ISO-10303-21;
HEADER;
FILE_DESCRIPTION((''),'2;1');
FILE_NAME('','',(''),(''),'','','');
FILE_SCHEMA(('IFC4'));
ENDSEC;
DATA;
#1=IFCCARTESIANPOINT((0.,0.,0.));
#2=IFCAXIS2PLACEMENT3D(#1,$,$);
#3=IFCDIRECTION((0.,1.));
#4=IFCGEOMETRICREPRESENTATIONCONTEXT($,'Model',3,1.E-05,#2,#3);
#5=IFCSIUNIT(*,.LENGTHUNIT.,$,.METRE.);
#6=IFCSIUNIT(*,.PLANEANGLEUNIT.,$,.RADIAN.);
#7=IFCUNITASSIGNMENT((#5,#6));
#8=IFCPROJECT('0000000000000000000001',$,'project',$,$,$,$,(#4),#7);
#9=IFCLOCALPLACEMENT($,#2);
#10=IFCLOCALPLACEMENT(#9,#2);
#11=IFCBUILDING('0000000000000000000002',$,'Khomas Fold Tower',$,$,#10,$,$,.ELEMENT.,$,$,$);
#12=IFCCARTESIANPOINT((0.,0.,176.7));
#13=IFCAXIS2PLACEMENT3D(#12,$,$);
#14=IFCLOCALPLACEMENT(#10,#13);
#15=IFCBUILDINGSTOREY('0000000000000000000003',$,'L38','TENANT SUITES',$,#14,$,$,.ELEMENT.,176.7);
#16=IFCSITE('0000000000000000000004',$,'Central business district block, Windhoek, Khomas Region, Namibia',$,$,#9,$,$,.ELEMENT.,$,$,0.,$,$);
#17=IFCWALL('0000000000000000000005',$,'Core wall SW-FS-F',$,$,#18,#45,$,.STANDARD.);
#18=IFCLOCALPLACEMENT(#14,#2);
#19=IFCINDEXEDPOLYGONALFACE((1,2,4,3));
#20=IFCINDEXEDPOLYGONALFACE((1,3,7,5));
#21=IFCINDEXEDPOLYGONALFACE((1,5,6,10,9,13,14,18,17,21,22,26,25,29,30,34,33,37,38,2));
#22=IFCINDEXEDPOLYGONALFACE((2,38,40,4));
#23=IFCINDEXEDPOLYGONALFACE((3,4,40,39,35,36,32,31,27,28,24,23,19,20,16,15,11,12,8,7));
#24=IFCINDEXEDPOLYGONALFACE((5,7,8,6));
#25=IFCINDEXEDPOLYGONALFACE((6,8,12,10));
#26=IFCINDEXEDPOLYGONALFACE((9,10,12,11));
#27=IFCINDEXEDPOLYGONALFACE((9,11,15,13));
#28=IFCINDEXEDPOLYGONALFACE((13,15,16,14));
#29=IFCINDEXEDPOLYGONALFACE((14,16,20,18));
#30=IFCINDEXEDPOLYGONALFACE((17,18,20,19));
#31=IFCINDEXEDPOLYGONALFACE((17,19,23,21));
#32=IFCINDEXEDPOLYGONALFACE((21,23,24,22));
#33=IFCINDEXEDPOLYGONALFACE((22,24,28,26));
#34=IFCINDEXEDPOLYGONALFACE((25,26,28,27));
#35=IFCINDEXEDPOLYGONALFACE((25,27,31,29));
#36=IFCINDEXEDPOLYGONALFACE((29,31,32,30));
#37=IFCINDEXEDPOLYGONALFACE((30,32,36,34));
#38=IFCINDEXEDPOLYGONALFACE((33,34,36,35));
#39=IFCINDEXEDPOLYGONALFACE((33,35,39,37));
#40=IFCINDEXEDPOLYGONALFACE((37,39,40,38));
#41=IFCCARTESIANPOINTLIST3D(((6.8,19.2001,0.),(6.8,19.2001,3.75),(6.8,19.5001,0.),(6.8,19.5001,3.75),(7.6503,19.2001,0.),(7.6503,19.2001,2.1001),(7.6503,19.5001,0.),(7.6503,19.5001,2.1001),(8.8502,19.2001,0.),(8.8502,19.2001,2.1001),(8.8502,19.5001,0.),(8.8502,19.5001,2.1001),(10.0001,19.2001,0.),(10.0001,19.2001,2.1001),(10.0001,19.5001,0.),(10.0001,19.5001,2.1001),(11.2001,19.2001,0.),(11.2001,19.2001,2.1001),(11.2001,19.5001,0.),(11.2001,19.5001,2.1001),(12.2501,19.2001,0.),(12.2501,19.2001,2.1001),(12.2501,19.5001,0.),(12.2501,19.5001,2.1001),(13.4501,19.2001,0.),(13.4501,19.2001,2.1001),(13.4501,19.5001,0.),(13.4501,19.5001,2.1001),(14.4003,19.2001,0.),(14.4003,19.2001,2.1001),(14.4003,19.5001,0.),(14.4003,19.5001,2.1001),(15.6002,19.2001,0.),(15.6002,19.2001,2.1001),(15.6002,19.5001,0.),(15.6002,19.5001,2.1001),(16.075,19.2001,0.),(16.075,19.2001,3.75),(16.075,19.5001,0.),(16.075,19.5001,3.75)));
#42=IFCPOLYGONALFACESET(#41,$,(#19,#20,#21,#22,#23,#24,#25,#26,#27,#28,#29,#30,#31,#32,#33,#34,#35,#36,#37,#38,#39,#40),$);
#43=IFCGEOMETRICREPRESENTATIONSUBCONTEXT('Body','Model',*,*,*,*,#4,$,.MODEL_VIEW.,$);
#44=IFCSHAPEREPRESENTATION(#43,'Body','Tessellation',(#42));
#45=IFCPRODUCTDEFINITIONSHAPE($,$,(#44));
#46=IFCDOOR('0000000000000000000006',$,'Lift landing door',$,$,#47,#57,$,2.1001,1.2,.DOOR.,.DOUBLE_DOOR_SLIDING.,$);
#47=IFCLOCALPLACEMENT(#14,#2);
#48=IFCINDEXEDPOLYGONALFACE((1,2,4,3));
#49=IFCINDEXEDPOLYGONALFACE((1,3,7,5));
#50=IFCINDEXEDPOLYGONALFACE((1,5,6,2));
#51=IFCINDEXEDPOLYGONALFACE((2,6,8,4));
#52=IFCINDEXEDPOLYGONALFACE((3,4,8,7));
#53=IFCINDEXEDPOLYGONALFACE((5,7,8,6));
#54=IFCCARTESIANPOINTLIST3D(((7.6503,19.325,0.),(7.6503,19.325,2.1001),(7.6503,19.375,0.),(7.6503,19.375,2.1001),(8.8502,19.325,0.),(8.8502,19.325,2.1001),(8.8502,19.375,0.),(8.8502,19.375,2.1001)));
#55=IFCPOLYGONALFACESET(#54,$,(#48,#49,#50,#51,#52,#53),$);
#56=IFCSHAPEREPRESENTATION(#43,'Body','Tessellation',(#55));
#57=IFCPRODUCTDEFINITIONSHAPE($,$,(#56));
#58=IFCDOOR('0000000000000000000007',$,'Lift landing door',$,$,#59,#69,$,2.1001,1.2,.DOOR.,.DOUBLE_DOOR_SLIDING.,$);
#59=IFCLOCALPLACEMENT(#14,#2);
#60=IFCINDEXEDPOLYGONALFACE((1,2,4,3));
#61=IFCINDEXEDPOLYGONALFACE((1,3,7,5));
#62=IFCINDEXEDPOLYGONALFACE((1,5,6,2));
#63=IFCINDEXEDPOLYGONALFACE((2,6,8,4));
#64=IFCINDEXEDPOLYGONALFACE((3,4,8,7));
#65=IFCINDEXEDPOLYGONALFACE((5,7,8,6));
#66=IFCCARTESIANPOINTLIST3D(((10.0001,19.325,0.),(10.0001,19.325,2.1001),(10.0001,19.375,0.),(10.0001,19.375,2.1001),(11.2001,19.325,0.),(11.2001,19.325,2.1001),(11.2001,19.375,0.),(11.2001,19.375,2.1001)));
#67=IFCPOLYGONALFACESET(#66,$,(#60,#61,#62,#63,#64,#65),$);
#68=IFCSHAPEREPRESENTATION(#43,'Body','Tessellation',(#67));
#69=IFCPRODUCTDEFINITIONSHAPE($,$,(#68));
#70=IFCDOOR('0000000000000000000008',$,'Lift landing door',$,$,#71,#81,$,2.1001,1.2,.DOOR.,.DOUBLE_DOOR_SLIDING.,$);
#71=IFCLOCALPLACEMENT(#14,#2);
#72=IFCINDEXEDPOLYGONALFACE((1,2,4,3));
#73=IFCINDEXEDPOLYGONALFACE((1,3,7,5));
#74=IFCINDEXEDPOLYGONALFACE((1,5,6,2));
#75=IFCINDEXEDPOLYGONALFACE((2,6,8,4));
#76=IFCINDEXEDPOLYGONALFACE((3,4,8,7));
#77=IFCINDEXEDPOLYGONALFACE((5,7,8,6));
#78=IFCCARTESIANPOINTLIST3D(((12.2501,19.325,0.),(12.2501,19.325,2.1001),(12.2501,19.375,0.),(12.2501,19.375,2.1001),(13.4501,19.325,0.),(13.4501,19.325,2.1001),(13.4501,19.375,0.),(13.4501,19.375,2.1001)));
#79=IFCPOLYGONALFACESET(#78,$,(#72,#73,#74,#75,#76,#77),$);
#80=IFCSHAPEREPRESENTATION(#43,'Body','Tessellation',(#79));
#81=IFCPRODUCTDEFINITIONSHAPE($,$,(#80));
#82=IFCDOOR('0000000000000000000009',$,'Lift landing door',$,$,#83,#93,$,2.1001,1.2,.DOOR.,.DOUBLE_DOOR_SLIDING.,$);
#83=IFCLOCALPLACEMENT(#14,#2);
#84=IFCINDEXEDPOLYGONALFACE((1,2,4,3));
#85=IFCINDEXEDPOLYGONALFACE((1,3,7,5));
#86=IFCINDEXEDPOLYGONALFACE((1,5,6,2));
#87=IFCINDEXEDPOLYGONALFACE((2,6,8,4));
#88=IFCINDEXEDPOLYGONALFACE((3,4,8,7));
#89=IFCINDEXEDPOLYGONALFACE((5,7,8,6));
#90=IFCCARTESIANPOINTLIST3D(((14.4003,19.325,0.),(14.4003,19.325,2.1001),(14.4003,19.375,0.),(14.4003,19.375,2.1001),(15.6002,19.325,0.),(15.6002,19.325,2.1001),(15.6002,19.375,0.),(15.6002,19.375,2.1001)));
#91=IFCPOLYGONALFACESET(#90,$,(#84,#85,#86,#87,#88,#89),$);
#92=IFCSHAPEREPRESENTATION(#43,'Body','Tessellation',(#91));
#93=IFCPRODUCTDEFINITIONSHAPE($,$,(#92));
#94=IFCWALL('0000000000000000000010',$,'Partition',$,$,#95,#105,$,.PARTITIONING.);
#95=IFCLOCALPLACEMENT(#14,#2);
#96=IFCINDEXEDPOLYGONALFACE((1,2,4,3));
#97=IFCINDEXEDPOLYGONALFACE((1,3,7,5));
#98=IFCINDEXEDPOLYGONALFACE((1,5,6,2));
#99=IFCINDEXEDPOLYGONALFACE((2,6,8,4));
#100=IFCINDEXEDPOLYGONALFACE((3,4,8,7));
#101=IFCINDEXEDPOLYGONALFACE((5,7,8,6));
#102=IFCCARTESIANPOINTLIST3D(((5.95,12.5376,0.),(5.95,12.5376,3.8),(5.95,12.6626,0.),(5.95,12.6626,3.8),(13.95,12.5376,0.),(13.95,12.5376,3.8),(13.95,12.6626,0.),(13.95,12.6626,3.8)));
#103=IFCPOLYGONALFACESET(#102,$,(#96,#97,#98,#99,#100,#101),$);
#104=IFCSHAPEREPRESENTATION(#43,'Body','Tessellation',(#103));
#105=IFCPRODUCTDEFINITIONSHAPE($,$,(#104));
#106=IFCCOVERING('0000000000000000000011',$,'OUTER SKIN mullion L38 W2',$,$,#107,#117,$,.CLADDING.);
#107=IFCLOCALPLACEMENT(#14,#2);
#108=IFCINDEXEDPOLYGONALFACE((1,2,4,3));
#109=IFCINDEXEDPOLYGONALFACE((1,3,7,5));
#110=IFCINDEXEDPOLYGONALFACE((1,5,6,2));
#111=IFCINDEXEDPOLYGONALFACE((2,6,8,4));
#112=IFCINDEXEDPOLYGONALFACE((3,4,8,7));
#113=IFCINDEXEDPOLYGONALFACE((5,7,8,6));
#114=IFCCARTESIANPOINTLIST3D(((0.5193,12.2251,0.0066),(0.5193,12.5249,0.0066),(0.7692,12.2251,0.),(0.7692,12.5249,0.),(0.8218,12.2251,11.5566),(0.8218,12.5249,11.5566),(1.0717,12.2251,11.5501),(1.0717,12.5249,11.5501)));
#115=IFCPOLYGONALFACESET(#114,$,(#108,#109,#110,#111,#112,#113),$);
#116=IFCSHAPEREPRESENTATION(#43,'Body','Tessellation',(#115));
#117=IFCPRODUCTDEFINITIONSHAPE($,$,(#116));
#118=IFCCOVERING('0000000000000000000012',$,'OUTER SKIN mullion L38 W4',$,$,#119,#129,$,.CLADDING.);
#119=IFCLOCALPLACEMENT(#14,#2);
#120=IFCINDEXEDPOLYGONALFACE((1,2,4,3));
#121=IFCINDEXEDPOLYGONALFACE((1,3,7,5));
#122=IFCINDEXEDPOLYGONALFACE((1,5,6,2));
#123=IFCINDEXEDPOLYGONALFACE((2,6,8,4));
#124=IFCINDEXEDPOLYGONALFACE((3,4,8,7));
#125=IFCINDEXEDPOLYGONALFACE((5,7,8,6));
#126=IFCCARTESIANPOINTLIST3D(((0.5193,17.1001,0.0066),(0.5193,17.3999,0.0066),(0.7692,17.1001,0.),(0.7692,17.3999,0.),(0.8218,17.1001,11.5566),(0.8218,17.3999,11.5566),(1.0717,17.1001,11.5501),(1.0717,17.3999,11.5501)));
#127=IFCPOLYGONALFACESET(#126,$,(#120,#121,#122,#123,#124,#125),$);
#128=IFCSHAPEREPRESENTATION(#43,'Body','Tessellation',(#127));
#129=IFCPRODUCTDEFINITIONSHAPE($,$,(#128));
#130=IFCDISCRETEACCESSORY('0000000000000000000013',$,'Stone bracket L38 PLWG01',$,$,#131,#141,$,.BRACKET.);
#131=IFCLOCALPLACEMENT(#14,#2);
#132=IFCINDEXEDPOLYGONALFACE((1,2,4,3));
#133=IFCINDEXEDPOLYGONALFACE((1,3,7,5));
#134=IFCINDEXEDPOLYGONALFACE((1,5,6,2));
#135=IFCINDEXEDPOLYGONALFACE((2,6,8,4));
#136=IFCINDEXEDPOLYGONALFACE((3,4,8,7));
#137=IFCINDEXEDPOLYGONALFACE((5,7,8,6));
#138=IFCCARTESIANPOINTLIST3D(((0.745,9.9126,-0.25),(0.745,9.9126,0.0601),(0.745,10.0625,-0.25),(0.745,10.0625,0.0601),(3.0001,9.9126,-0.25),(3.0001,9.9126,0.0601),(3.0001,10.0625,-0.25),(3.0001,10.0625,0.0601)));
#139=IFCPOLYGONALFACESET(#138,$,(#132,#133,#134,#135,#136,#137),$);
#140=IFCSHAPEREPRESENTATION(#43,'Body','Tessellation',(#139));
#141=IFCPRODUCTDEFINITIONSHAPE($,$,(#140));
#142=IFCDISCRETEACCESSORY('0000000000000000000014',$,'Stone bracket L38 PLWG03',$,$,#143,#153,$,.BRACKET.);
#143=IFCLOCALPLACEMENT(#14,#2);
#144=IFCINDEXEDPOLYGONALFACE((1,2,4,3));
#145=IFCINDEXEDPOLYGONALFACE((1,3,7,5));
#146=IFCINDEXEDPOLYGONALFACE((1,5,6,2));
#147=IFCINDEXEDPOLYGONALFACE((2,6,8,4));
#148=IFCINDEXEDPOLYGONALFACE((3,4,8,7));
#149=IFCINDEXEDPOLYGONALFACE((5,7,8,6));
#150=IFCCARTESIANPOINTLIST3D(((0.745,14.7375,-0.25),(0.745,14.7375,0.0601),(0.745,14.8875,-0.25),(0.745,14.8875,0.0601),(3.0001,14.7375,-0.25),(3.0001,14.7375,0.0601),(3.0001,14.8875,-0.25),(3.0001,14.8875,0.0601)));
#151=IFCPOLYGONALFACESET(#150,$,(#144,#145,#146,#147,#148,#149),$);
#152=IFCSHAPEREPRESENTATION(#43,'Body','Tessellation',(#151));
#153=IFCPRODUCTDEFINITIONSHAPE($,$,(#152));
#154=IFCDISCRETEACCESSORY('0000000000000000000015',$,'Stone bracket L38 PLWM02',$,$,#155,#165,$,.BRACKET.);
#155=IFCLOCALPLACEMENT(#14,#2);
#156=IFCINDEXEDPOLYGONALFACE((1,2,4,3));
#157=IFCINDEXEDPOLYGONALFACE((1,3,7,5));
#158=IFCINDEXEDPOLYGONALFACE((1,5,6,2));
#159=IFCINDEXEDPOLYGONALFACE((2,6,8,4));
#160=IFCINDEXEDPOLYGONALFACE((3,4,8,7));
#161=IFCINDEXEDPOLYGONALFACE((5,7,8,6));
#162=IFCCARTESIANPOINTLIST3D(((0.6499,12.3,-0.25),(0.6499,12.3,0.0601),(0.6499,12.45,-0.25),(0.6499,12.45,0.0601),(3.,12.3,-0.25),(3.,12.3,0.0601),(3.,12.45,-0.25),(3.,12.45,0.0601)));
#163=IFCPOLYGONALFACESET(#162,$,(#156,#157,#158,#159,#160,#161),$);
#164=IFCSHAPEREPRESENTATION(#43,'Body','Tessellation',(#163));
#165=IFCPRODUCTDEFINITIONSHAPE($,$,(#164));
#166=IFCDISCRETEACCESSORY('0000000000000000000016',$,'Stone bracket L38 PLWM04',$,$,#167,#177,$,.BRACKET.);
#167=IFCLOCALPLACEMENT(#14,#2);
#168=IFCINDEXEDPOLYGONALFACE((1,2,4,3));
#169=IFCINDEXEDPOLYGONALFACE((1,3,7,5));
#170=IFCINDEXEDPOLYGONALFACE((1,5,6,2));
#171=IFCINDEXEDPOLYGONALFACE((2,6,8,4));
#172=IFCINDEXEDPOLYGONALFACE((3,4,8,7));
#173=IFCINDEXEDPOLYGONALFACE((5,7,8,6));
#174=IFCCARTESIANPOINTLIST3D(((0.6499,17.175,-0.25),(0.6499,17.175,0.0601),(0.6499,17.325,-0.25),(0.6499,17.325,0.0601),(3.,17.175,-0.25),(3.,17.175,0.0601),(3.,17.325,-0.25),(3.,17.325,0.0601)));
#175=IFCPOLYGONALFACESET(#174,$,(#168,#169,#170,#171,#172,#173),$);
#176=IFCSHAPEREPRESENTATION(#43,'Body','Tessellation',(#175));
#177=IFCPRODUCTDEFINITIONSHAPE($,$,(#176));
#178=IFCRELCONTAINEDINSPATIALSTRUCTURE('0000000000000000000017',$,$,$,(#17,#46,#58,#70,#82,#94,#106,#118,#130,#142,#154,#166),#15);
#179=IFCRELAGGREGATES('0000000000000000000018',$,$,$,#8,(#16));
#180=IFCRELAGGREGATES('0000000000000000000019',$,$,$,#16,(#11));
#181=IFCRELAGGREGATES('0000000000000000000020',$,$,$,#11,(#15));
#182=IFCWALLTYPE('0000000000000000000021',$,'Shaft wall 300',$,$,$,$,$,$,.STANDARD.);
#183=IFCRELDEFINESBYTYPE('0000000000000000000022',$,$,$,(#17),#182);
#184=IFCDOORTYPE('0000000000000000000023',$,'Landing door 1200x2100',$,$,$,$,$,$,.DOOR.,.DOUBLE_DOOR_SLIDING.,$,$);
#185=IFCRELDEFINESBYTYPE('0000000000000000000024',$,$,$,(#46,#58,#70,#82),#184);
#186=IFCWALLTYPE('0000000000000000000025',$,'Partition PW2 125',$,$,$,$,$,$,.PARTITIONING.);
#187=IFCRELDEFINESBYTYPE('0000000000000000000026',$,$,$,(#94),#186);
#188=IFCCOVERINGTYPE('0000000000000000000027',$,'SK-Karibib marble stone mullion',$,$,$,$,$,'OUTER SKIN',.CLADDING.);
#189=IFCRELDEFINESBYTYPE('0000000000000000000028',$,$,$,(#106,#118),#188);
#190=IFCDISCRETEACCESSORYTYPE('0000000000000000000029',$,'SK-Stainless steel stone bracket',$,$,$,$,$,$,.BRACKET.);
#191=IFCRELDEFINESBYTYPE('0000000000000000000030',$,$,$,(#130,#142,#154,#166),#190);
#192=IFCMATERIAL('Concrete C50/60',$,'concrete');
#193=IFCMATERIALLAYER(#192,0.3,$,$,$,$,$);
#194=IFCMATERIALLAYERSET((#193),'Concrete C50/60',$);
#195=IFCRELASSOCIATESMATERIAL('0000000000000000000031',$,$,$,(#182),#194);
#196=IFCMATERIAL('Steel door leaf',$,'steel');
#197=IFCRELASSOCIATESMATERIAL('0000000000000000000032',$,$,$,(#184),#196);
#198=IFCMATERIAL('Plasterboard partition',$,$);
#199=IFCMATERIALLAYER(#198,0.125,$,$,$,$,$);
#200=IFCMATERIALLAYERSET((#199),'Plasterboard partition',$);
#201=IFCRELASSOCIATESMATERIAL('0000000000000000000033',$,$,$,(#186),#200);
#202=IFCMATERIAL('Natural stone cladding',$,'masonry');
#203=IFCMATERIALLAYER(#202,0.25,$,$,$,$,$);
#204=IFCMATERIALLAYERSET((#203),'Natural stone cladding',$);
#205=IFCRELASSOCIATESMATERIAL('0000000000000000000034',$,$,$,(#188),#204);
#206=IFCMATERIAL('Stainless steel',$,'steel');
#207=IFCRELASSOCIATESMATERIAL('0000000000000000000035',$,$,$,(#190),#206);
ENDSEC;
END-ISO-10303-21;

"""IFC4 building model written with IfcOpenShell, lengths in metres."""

from ifc_helpers import new_model, si_unit, direction, frame, frame_2d, origin, origin_2d, place, context, subcontext, project, spatial, polyline, rectangle, outline, extrude, source, transform, mapped, material, layer, layer_set, type_object, element, fill, save


model = new_model("IFC4")

# Units and contexts
model_context = context("Model", 3, precision=1e-05, world=origin(), true_north=direction((0.0, 1.0)))
body_context = subcontext(model_context, "Body", "Model", "MODEL_VIEW")
ifc_project = project(units=[si_unit("LENGTHUNIT", "METRE"), si_unit("PLANEANGLEUNIT", "RADIAN")], contexts=[model_context])

# Site, building, storey
site_placement = place(None, origin())
site = spatial("IfcSite", under=ifc_project, at=site_placement, Name="Central business district block, Windhoek, Khomas Region, Namibia", CompositionType="ELEMENT", RefElevation=0.0)
building_placement = place(site_placement, origin())
building = spatial("IfcBuilding", under=site, at=building_placement, Name="Khomas Fold Tower", CompositionType="ELEMENT")
storey_placement = place(building_placement, frame((0.0, 0.0, 176.7)))
storey = spatial("IfcBuildingStorey", under=building, at=storey_placement, Name="L38", Description="TENANT SUITES", CompositionType="ELEMENT", Elevation=176.7)

# Wall, openings, doors
ifc_material_1 = material(Name="Concrete C50/60", Category="concrete")
ifc_layer_1 = layer(ifc_material_1, 0.3)
ifc_layer_set_1 = layer_set([ifc_layer_1], Name="Concrete C50/60")
wall_type_1 = type_object("IfcWallType", Name="Shaft wall 300", PredefinedType="STANDARD", material=ifc_layer_set_1)
shared_shape_1 = source(origin(), body_context, "Body", "SweptSolid", [
    extrude(rectangle(XDim=9.2749, YDim=0.3, at=frame_2d((4.6375, 0.0))), origin(), (0.0, 0.0, 1.0), 3.75),
])
wall_1_placement = place(storey_placement, frame((6.8, 19.3501, 0.0), z_axis=(0.0, 0.0, 1.0), x_axis=(1.0, 0.0, 0.0)))
wall_1 = element("IfcWall", 1, at=wall_1_placement, inside=storey, type_object=wall_type_1, Name="Core wall SW-FS-F", PredefinedType="STANDARD", context=body_context, shape_type="MappedRepresentation", body=[
    mapped(shared_shape_1, transform((0.0, 0.0, 0.0))),
])
shared_shape_2 = source(origin(), body_context, "Body", "SweptSolid", [
    extrude(rectangle(XDim=1.2, YDim=2.1001, at=frame_2d((0.6001, 1.05))), frame((0.0, 0.1599, 0.0), z_axis=(0.0, -1.0, 0.0), x_axis=(1.0, 0.0, 0.0)), (0.0, 0.0, 1.0), 0.3201),
])
opening_1_placement = place(wall_1_placement, frame((0.8501, 0.0, 0.0)))
opening_1 = element("IfcOpeningElement", 2, at=opening_1_placement, cuts=wall_1, PredefinedType="OPENING", context=body_context, shape_type="MappedRepresentation", body=[
    mapped(shared_shape_2, transform((0.0, 0.0, 0.0))),
])
opening_2_placement = place(wall_1_placement, frame((3.2, 0.0, 0.0)))
opening_2 = element("IfcOpeningElement", 3, at=opening_2_placement, cuts=wall_1, PredefinedType="OPENING", context=body_context, shape_type="MappedRepresentation", body=[
    mapped(shared_shape_2, transform((0.0, 0.0, 0.0))),
])
opening_3_placement = place(wall_1_placement, frame((5.45, 0.0, 0.0)))
opening_3 = element("IfcOpeningElement", 4, at=opening_3_placement, cuts=wall_1, PredefinedType="OPENING", context=body_context, shape_type="MappedRepresentation", body=[
    mapped(shared_shape_2, transform((0.0, 0.0, 0.0))),
])
opening_4_placement = place(wall_1_placement, frame((7.6001, 0.0, 0.0)))
opening_4 = element("IfcOpeningElement", 5, at=opening_4_placement, cuts=wall_1, PredefinedType="OPENING", context=body_context, shape_type="MappedRepresentation", body=[
    mapped(shared_shape_2, transform((0.0, 0.0, 0.0))),
])
ifc_material_2 = material(Name="Steel door leaf", Category="steel")
door_type_1 = type_object("IfcDoorType", Name="Landing door 1200x2100", OperationType="DOUBLE_DOOR_SLIDING", PredefinedType="DOOR", material=ifc_material_2)
shared_shape_3 = source(origin(), body_context, "Body", "SweptSolid", [
    extrude(rectangle(XDim=1.2, YDim=2.1001, at=frame_2d((0.6001, 1.05))), frame((0.0, 0.0249, 0.0), z_axis=(0.0, -1.0, 0.0), x_axis=(1.0, 0.0, 0.0)), (0.0, 0.0, 1.0), 0.05),
])
door_1_placement = place(opening_1_placement, origin())
door_1 = element("IfcDoor", 6, at=door_1_placement, inside=storey, type_object=door_type_1, Name="Lift landing door", OperationType="DOUBLE_DOOR_SLIDING", OverallHeight=2.1001, OverallWidth=1.2, PredefinedType="DOOR", context=body_context, shape_type="MappedRepresentation", body=[
    mapped(shared_shape_3, transform((0.0, 0.0, 0.0))),
])
fill(opening_1, door_1)
door_2_placement = place(opening_2_placement, origin())
door_2 = element("IfcDoor", 7, at=door_2_placement, inside=storey, type_object=door_type_1, Name="Lift landing door", OperationType="DOUBLE_DOOR_SLIDING", OverallHeight=2.1001, OverallWidth=1.2, PredefinedType="DOOR", context=body_context, shape_type="MappedRepresentation", body=[
    mapped(shared_shape_3, transform((0.0, 0.0, 0.0))),
])
fill(opening_2, door_2)
door_3_placement = place(opening_3_placement, origin())
door_3 = element("IfcDoor", 8, at=door_3_placement, inside=storey, type_object=door_type_1, Name="Lift landing door", OperationType="DOUBLE_DOOR_SLIDING", OverallHeight=2.1001, OverallWidth=1.2, PredefinedType="DOOR", context=body_context, shape_type="MappedRepresentation", body=[
    mapped(shared_shape_3, transform((0.0, 0.0, 0.0))),
])
fill(opening_3, door_3)
door_4_placement = place(opening_4_placement, origin())
door_4 = element("IfcDoor", 9, at=door_4_placement, inside=storey, type_object=door_type_1, Name="Lift landing door", OperationType="DOUBLE_DOOR_SLIDING", OverallHeight=2.1001, OverallWidth=1.2, PredefinedType="DOOR", context=body_context, shape_type="MappedRepresentation", body=[
    mapped(shared_shape_3, transform((0.0, 0.0, 0.0))),
])
fill(opening_4, door_4)

# Wall
ifc_material_3 = material(Name="Plasterboard partition")
ifc_layer_2 = layer(ifc_material_3, 0.125)
ifc_layer_set_2 = layer_set([ifc_layer_2], Name="Plasterboard partition")
wall_type_2 = type_object("IfcWallType", Name="Partition PW2 125", PredefinedType="PARTITIONING", material=ifc_layer_set_2)
shared_shape_4 = source(origin(), body_context, "Body", "SweptSolid", [
    extrude(rectangle(XDim=8.0, YDim=0.125, at=frame_2d((4.0, 0.0))), origin(), (0.0, 0.0, 1.0), 3.8),
])
wall_2_placement = place(storey_placement, frame((5.95, 12.6001, 0.0), z_axis=(0.0, 0.0, 1.0), x_axis=(1.0, 0.0, 0.0)))
element("IfcWall", 10, at=wall_2_placement, inside=storey, type_object=wall_type_2, Name="Partition", PredefinedType="PARTITIONING", context=body_context, shape_type="MappedRepresentation", body=[
    mapped(shared_shape_4, transform((0.0, 0.0, 0.0))),
])

# Coverings
ifc_material_4 = material(Name="Natural stone cladding", Category="masonry")
ifc_layer_3 = layer(ifc_material_4, 0.25)
ifc_layer_set_3 = layer_set([ifc_layer_3], Name="Natural stone cladding")
covering_type = type_object("IfcCoveringType", Name="SK-Karibib marble stone mullion", ElementType="OUTER SKIN", PredefinedType="CLADDING", material=ifc_layer_set_3)
for number, where, z_axis, x_axis, name in (
    (11, (0.5193, 12.2251, 0.0066), (-0.999657, 0.0, 0.026181), (0.0, 1.0, 0.0), "OUTER SKIN mullion L38 W2"),
    (12, (0.5193, 17.1001, 0.0066), (-0.999657, 0.0, 0.026181), (0.0, 1.0, 0.0), "OUTER SKIN mullion L38 W4"),
):
    element("IfcCovering", number, at=place(storey_placement, frame(where, z_axis=z_axis, x_axis=x_axis)), inside=storey, type_object=covering_type, Name=name, PredefinedType="CLADDING", context=body_context, shape_type="SweptSolid", body=[
        extrude(outline(polyline([(0.0, 0.0), (0.2998, 0.0), (0.2998, -11.554), (0.0, -11.554), (0.0, 0.0)])), origin(), (0.0, 0.0, -1.0), 0.25),
    ])

# Discrete accessories
ifc_material_5 = material(Name="Stainless steel", Category="steel")
discrete_accessory_type = type_object("IfcDiscreteAccessoryType", Name="SK-Stainless steel stone bracket", PredefinedType="BRACKET", material=ifc_material_5)
shared_shape_5 = source(origin(), body_context, "Body", "SweptSolid", [
    extrude(rectangle(XDim=2.2551, YDim=0.1499, at=origin_2d()), origin(), (0.0, 0.0, 1.0), 0.3101),
])
for number, where, z_axis, x_axis, name in (
    (13, (1.8726, 9.9875, -0.25), (0.0, 0.0, 1.0), (-1.0, 0.0, 0.0), "Stone bracket L38 PLWG01"),
    (14, (1.8726, 14.8125, -0.25), (0.0, 0.0, 1.0), (-1.0, 0.0, 0.0), "Stone bracket L38 PLWG03"),
):
    element("IfcDiscreteAccessory", number, at=place(storey_placement, frame(where, z_axis=z_axis, x_axis=x_axis)), inside=storey, type_object=discrete_accessory_type, Name=name, PredefinedType="BRACKET", context=body_context, shape_type="MappedRepresentation", body=[
        mapped(shared_shape_5, transform((0.0, 0.0, 0.0))),
    ])
shared_shape_6 = source(origin(), body_context, "Body", "SweptSolid", [
    extrude(rectangle(XDim=2.3501, YDim=0.1499, at=origin_2d()), origin(), (0.0, 0.0, 1.0), 0.3101),
])
for number, where, z_axis, x_axis, name in (
    (15, (1.825, 12.375, -0.25), (0.0, 0.0, 1.0), (-1.0, 0.0, 0.0), "Stone bracket L38 PLWM02"),
    (16, (1.825, 17.25, -0.25), (0.0, 0.0, 1.0), (-1.0, 0.0, 0.0), "Stone bracket L38 PLWM04"),
):
    element("IfcDiscreteAccessory", number, at=place(storey_placement, frame(where, z_axis=z_axis, x_axis=x_axis)), inside=storey, type_object=discrete_accessory_type, Name=name, PredefinedType="BRACKET", context=body_context, shape_type="MappedRepresentation", body=[
        mapped(shared_shape_6, transform((0.0, 0.0, 0.0))),
    ])

save(model, "model.ifc")
